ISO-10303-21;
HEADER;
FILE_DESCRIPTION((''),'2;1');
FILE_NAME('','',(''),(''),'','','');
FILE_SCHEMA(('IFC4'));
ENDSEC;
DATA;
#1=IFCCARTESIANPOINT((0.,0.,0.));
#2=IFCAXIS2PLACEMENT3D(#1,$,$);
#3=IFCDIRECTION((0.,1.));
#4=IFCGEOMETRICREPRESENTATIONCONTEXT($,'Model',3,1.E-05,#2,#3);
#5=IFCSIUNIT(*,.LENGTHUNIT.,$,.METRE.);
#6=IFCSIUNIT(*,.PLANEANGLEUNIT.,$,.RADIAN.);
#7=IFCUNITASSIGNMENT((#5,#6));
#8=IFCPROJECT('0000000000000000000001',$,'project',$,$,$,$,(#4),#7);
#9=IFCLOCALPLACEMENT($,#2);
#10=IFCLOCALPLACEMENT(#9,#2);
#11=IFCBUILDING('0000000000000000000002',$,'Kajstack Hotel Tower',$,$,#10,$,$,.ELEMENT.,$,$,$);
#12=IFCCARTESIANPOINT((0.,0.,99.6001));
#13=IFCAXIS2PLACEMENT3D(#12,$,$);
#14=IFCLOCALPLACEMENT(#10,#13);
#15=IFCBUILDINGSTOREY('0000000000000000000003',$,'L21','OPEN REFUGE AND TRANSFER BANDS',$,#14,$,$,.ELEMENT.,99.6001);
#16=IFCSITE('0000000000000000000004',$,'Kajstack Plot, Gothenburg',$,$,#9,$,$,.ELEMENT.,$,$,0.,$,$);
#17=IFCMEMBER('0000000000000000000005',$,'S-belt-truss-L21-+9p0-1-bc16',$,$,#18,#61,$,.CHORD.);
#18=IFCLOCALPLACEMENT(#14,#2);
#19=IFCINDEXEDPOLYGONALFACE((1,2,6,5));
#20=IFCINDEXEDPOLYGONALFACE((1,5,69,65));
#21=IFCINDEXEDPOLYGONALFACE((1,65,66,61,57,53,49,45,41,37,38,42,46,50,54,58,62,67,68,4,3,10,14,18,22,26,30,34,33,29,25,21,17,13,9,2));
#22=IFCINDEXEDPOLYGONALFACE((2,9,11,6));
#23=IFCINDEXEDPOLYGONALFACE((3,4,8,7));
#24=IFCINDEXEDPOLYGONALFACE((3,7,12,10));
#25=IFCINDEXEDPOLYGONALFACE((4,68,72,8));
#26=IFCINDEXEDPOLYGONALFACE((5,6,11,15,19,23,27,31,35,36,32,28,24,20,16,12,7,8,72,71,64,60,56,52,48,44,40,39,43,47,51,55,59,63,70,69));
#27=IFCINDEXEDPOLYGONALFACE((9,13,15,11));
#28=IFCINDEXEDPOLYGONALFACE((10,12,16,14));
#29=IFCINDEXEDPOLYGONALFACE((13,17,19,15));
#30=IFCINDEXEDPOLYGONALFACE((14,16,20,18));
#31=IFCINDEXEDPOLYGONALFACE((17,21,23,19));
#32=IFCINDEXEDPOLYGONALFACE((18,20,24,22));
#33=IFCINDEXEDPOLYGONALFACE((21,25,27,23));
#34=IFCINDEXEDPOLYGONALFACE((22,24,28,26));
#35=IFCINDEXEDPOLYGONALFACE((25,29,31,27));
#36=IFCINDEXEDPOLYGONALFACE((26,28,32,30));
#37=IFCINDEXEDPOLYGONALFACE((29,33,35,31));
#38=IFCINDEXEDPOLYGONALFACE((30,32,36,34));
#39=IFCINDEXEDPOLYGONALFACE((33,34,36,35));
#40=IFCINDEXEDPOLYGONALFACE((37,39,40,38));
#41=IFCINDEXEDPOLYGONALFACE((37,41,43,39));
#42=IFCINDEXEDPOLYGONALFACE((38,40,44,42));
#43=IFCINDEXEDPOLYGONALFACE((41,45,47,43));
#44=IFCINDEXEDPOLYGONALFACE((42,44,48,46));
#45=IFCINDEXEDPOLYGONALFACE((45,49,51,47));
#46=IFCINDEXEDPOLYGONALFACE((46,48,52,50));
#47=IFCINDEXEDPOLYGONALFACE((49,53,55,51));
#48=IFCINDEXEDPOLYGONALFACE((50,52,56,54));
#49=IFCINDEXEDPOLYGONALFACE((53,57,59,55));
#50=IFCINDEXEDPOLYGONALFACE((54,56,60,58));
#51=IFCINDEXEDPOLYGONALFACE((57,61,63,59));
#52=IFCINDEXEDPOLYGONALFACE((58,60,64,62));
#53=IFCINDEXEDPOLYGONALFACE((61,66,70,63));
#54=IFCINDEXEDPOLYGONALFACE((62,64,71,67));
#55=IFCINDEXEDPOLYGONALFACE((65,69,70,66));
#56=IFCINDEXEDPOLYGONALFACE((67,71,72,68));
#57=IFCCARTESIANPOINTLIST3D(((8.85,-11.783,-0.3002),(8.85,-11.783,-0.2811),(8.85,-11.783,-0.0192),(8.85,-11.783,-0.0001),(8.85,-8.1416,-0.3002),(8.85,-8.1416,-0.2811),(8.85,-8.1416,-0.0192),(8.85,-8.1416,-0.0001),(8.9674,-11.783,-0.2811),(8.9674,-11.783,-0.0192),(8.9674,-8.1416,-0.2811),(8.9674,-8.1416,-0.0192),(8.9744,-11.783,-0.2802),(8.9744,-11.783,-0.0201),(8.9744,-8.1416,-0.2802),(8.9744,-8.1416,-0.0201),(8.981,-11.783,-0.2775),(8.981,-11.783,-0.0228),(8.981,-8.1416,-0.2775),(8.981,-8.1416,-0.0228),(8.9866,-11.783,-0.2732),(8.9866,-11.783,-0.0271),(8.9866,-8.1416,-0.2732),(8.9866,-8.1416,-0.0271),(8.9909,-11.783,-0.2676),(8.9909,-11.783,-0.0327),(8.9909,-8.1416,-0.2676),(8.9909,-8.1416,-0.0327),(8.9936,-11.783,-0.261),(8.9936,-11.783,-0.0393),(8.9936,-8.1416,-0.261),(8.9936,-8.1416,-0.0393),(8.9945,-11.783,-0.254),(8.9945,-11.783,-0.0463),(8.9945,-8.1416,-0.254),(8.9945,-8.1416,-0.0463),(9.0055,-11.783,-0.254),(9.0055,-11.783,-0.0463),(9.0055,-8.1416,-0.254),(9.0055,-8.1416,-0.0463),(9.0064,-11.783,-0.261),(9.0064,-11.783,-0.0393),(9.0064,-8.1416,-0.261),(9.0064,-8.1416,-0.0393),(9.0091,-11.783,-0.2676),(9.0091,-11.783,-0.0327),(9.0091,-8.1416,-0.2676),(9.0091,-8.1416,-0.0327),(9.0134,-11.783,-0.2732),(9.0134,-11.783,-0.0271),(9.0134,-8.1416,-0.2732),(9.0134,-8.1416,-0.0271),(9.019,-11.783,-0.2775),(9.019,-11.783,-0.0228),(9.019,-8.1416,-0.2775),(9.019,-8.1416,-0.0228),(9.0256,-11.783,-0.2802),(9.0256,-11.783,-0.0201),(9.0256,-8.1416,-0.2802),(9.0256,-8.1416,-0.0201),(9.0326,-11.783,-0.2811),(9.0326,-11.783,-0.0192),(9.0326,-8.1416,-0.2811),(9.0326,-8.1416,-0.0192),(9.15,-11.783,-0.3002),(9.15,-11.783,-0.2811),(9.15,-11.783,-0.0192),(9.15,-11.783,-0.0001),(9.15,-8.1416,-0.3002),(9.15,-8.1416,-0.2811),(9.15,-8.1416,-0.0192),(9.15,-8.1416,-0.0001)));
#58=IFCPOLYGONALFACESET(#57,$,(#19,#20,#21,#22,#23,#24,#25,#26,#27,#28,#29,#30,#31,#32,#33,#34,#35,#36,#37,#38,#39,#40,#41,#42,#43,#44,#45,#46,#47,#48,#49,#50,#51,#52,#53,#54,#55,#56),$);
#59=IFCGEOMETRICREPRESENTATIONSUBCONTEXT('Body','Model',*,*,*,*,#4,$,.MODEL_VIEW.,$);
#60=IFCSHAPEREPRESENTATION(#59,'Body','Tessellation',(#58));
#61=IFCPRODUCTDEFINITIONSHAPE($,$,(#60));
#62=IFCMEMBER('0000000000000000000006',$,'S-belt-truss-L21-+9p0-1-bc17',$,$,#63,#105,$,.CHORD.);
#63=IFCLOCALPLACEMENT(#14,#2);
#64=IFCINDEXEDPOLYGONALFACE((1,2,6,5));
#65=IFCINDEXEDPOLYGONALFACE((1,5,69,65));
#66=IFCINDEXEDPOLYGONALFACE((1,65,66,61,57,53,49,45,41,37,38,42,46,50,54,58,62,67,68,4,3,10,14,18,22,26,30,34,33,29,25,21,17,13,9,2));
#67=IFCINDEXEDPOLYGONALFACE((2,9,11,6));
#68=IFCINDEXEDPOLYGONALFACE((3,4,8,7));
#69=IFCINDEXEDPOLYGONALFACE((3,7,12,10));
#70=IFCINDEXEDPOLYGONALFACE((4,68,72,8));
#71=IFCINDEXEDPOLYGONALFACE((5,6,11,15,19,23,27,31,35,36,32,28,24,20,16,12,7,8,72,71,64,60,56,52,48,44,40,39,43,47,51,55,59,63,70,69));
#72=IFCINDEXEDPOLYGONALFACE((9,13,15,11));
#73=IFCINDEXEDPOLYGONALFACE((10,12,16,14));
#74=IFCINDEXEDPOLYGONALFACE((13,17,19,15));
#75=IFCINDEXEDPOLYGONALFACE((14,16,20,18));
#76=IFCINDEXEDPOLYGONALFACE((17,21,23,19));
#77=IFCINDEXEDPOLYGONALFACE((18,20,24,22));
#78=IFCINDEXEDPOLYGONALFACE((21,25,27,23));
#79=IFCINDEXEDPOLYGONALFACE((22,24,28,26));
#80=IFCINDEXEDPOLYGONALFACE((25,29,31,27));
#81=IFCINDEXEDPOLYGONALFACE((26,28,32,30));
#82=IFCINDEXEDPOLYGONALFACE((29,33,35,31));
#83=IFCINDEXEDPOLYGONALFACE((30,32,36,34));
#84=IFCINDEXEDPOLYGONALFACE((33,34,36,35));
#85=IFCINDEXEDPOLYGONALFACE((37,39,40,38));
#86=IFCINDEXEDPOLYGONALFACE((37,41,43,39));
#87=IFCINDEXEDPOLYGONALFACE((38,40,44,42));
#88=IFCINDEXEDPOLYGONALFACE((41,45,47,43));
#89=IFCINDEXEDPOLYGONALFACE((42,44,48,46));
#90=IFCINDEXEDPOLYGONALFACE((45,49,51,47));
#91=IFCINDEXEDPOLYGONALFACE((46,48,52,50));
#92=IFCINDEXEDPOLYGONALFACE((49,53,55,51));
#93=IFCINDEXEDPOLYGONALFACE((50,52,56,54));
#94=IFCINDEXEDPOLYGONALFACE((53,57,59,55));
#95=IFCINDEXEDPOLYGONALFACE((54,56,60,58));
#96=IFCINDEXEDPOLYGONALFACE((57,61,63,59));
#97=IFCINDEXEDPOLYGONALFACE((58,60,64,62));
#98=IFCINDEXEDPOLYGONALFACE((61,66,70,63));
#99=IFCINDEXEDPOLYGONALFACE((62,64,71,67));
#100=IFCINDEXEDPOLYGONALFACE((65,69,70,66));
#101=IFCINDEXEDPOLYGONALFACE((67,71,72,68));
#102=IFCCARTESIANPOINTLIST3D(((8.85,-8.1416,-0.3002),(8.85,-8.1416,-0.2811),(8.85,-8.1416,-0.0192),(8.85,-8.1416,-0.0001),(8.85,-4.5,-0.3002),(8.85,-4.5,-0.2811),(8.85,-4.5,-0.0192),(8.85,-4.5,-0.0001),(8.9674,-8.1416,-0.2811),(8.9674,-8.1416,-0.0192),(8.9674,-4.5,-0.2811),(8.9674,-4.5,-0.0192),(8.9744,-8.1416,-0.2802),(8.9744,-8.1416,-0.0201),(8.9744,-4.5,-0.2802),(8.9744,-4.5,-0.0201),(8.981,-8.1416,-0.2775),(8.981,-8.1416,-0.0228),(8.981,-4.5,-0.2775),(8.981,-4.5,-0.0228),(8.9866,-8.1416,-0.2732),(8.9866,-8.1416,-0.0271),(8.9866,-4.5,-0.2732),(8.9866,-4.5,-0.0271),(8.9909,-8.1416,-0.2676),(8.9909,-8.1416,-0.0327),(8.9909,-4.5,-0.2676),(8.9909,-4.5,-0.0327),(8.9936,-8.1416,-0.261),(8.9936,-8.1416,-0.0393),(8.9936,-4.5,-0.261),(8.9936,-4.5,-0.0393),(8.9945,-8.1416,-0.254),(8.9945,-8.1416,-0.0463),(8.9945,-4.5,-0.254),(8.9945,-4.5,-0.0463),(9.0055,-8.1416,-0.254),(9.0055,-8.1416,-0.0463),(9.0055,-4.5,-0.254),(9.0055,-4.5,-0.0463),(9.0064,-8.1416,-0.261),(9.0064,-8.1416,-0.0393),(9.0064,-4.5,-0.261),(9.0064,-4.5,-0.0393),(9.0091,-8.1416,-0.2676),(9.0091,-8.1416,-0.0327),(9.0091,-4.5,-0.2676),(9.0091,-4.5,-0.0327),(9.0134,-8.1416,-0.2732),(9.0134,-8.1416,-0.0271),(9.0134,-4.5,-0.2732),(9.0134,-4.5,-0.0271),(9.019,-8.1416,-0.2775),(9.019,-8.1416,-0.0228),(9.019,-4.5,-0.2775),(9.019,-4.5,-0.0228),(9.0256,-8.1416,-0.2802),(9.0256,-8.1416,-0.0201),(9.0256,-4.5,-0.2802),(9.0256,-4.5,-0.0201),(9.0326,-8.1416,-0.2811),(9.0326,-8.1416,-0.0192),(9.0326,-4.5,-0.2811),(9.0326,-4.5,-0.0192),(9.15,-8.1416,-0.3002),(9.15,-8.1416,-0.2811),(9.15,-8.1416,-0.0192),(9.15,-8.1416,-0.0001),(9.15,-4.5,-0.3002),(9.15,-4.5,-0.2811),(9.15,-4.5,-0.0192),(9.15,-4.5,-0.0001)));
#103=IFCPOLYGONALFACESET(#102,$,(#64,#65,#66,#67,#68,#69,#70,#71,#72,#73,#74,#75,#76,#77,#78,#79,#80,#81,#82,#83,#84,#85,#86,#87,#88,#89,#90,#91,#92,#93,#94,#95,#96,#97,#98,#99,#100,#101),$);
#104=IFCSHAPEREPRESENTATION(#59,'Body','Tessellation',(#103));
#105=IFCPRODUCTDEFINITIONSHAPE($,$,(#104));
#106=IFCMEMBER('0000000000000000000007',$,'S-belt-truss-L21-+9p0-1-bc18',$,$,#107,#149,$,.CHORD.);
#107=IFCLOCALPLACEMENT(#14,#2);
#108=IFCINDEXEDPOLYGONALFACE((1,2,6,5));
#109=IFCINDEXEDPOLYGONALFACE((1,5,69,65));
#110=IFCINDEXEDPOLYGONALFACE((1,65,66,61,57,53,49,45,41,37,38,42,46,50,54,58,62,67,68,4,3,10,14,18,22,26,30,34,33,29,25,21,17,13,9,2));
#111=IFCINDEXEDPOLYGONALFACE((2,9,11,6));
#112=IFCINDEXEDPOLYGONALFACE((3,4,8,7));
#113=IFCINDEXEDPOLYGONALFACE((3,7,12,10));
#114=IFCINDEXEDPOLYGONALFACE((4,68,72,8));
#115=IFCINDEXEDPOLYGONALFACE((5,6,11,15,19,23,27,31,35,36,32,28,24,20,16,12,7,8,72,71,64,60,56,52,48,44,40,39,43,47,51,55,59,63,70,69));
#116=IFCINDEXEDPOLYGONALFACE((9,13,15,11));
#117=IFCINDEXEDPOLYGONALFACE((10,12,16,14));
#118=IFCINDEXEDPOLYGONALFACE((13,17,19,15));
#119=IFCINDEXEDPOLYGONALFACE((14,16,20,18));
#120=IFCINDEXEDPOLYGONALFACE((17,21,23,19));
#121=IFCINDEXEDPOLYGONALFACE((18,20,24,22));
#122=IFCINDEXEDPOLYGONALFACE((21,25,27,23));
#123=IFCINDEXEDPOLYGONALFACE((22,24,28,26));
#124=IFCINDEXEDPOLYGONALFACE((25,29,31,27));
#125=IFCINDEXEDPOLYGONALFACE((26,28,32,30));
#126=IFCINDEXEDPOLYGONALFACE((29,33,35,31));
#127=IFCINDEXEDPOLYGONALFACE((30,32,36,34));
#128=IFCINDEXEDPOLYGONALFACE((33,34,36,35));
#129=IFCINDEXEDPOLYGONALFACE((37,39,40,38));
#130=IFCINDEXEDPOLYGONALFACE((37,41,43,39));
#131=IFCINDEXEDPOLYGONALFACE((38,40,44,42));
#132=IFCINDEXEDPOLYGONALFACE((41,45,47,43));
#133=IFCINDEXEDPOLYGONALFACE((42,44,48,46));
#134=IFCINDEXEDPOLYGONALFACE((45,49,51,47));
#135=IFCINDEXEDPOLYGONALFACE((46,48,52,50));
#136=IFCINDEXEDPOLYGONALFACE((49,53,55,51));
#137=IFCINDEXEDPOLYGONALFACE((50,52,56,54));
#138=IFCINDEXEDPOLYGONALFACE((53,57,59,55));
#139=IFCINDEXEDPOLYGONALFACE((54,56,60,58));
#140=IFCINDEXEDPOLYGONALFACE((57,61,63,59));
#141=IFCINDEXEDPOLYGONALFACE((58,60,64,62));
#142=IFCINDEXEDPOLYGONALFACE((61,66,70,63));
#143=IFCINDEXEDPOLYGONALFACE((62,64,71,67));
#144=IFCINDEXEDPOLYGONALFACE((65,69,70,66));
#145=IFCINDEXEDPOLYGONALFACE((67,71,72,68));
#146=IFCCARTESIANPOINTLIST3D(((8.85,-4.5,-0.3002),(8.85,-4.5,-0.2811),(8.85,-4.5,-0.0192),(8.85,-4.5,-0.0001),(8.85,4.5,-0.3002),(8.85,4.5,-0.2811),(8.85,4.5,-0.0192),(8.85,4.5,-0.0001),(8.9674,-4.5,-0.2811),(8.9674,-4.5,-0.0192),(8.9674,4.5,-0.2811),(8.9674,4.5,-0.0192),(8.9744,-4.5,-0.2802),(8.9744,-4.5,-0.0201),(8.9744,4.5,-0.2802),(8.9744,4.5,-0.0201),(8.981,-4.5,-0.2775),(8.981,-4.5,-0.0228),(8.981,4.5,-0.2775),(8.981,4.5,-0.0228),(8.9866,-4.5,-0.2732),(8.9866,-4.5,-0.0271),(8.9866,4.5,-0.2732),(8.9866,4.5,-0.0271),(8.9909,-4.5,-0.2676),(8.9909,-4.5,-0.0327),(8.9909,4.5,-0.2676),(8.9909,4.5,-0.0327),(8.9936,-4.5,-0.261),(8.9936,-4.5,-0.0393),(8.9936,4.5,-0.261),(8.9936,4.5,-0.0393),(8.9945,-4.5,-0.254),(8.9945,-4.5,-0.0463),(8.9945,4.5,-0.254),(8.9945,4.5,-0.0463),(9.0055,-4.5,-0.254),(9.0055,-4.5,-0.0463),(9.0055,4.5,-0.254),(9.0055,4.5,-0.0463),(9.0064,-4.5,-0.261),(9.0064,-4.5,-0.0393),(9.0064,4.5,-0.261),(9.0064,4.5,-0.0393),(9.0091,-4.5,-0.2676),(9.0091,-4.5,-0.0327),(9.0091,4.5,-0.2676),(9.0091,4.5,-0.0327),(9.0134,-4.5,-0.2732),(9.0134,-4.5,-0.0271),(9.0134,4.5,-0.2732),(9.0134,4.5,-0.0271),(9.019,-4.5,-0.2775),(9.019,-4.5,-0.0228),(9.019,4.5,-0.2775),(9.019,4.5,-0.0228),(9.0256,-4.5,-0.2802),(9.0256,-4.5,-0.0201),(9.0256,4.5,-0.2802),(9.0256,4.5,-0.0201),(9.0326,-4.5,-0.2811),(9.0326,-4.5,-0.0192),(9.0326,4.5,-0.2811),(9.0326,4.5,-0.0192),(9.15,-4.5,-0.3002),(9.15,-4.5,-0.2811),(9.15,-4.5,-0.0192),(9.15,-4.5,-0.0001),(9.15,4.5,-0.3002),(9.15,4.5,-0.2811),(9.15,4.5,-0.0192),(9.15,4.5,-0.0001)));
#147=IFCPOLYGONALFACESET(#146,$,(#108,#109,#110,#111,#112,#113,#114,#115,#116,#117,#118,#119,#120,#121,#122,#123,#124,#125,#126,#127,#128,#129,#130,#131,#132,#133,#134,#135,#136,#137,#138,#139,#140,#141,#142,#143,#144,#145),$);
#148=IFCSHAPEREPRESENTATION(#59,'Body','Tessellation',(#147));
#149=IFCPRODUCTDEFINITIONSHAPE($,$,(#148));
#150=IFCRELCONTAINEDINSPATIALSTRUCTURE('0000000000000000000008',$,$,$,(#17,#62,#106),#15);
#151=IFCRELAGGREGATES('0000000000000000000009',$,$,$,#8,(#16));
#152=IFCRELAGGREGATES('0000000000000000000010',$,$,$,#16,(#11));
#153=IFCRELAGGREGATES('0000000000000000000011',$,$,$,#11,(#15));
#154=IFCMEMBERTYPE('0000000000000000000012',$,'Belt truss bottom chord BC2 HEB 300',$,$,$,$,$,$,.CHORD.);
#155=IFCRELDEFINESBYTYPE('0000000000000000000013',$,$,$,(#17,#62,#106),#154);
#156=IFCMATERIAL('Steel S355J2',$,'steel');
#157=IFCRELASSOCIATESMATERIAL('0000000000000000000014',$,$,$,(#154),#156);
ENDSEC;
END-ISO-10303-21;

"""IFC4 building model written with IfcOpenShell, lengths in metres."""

from ifc_helpers import new_model, si_unit, direction, frame, origin, origin_2d, place, context, subcontext, project, spatial, i_section, extrude, material, material_profile, profile_set, type_object, element, save


model = new_model("IFC4")

# Units and contexts
model_context = context("Model", 3, precision=1e-05, world=origin(), true_north=direction((0.0, 1.0)))
body_context = subcontext(model_context, "Body", "Model", "MODEL_VIEW")
ifc_project = project(units=[si_unit("LENGTHUNIT", "METRE"), si_unit("PLANEANGLEUNIT", "RADIAN")], contexts=[model_context])

# Site, building, storey
site_placement = place(None, origin())
site = spatial("IfcSite", under=ifc_project, at=site_placement, Name="Kajstack Plot, Gothenburg", CompositionType="ELEMENT", RefElevation=0.0)
building_placement = place(site_placement, origin())
building = spatial("IfcBuilding", under=site, at=building_placement, Name="Kajstack Hotel Tower", CompositionType="ELEMENT")
storey_placement = place(building_placement, frame((0.0, 0.0, 99.6001)))
storey = spatial("IfcBuildingStorey", under=building, at=storey_placement, Name="L21", Description="OPEN REFUGE AND TRANSFER BANDS", CompositionType="ELEMENT", Elevation=99.6001)

# Members
ifc_material = material(Name="Steel S355J2", Category="steel")
ifc_material_profile_1 = material_profile(ifc_material, i_section(OverallWidth=0.3, OverallDepth=0.3, WebThickness=0.011, FlangeThickness=0.019, FilletRadius=0.0271, at=origin_2d()), Name="HEB 300")
ifc_profile_set_1 = profile_set([ifc_material_profile_1], Name="Steel S355J2")
member_type_1 = type_object("IfcMemberType", Name="Belt truss bottom chord BC2 HEB 300", PredefinedType="CHORD", material=ifc_profile_set_1)
member_1_placement = place(storey_placement, frame((9.0, -11.783, -0.1501), z_axis=(0.0, 1.0, 0.0), x_axis=(-1.0, 0.0, 0.0)))
element("IfcMember", 1, at=member_1_placement, inside=storey, type_object=member_type_1, Name="S-belt-truss-L21-+9p0-1-bc16", PredefinedType="CHORD", context=body_context, shape_type="SweptSolid", body=[
    extrude(i_section(OverallWidth=0.3, OverallDepth=0.3, WebThickness=0.011, FlangeThickness=0.019, FilletRadius=0.0271, at=origin_2d()), origin(), (0.0, 0.0, 1.0), 3.6414),
])
member_2_placement = place(storey_placement, frame((9.0, -8.1416, -0.1501), z_axis=(0.0, 1.0, 0.0), x_axis=(-1.0, 0.0, 0.0)))
element("IfcMember", 2, at=member_2_placement, inside=storey, type_object=member_type_1, Name="S-belt-truss-L21-+9p0-1-bc17", PredefinedType="CHORD", context=body_context, shape_type="SweptSolid", body=[
    extrude(i_section(OverallWidth=0.3, OverallDepth=0.3, WebThickness=0.011, FlangeThickness=0.019, FilletRadius=0.0271, at=origin_2d()), origin(), (0.0, 0.0, 1.0), 3.6416),
])
member_3_placement = place(storey_placement, frame((9.0, -4.5, -0.1501), z_axis=(0.0, 1.0, 0.0), x_axis=(-1.0, 0.0, 0.0)))
element("IfcMember", 3, at=member_3_placement, inside=storey, type_object=member_type_1, Name="S-belt-truss-L21-+9p0-1-bc18", PredefinedType="CHORD", context=body_context, shape_type="SweptSolid", body=[
    extrude(i_section(OverallWidth=0.3, OverallDepth=0.3, WebThickness=0.011, FlangeThickness=0.019, FilletRadius=0.0271, at=origin_2d()), origin(), (0.0, 0.0, 1.0), 9.0),
])

save(model, "model.ifc")
